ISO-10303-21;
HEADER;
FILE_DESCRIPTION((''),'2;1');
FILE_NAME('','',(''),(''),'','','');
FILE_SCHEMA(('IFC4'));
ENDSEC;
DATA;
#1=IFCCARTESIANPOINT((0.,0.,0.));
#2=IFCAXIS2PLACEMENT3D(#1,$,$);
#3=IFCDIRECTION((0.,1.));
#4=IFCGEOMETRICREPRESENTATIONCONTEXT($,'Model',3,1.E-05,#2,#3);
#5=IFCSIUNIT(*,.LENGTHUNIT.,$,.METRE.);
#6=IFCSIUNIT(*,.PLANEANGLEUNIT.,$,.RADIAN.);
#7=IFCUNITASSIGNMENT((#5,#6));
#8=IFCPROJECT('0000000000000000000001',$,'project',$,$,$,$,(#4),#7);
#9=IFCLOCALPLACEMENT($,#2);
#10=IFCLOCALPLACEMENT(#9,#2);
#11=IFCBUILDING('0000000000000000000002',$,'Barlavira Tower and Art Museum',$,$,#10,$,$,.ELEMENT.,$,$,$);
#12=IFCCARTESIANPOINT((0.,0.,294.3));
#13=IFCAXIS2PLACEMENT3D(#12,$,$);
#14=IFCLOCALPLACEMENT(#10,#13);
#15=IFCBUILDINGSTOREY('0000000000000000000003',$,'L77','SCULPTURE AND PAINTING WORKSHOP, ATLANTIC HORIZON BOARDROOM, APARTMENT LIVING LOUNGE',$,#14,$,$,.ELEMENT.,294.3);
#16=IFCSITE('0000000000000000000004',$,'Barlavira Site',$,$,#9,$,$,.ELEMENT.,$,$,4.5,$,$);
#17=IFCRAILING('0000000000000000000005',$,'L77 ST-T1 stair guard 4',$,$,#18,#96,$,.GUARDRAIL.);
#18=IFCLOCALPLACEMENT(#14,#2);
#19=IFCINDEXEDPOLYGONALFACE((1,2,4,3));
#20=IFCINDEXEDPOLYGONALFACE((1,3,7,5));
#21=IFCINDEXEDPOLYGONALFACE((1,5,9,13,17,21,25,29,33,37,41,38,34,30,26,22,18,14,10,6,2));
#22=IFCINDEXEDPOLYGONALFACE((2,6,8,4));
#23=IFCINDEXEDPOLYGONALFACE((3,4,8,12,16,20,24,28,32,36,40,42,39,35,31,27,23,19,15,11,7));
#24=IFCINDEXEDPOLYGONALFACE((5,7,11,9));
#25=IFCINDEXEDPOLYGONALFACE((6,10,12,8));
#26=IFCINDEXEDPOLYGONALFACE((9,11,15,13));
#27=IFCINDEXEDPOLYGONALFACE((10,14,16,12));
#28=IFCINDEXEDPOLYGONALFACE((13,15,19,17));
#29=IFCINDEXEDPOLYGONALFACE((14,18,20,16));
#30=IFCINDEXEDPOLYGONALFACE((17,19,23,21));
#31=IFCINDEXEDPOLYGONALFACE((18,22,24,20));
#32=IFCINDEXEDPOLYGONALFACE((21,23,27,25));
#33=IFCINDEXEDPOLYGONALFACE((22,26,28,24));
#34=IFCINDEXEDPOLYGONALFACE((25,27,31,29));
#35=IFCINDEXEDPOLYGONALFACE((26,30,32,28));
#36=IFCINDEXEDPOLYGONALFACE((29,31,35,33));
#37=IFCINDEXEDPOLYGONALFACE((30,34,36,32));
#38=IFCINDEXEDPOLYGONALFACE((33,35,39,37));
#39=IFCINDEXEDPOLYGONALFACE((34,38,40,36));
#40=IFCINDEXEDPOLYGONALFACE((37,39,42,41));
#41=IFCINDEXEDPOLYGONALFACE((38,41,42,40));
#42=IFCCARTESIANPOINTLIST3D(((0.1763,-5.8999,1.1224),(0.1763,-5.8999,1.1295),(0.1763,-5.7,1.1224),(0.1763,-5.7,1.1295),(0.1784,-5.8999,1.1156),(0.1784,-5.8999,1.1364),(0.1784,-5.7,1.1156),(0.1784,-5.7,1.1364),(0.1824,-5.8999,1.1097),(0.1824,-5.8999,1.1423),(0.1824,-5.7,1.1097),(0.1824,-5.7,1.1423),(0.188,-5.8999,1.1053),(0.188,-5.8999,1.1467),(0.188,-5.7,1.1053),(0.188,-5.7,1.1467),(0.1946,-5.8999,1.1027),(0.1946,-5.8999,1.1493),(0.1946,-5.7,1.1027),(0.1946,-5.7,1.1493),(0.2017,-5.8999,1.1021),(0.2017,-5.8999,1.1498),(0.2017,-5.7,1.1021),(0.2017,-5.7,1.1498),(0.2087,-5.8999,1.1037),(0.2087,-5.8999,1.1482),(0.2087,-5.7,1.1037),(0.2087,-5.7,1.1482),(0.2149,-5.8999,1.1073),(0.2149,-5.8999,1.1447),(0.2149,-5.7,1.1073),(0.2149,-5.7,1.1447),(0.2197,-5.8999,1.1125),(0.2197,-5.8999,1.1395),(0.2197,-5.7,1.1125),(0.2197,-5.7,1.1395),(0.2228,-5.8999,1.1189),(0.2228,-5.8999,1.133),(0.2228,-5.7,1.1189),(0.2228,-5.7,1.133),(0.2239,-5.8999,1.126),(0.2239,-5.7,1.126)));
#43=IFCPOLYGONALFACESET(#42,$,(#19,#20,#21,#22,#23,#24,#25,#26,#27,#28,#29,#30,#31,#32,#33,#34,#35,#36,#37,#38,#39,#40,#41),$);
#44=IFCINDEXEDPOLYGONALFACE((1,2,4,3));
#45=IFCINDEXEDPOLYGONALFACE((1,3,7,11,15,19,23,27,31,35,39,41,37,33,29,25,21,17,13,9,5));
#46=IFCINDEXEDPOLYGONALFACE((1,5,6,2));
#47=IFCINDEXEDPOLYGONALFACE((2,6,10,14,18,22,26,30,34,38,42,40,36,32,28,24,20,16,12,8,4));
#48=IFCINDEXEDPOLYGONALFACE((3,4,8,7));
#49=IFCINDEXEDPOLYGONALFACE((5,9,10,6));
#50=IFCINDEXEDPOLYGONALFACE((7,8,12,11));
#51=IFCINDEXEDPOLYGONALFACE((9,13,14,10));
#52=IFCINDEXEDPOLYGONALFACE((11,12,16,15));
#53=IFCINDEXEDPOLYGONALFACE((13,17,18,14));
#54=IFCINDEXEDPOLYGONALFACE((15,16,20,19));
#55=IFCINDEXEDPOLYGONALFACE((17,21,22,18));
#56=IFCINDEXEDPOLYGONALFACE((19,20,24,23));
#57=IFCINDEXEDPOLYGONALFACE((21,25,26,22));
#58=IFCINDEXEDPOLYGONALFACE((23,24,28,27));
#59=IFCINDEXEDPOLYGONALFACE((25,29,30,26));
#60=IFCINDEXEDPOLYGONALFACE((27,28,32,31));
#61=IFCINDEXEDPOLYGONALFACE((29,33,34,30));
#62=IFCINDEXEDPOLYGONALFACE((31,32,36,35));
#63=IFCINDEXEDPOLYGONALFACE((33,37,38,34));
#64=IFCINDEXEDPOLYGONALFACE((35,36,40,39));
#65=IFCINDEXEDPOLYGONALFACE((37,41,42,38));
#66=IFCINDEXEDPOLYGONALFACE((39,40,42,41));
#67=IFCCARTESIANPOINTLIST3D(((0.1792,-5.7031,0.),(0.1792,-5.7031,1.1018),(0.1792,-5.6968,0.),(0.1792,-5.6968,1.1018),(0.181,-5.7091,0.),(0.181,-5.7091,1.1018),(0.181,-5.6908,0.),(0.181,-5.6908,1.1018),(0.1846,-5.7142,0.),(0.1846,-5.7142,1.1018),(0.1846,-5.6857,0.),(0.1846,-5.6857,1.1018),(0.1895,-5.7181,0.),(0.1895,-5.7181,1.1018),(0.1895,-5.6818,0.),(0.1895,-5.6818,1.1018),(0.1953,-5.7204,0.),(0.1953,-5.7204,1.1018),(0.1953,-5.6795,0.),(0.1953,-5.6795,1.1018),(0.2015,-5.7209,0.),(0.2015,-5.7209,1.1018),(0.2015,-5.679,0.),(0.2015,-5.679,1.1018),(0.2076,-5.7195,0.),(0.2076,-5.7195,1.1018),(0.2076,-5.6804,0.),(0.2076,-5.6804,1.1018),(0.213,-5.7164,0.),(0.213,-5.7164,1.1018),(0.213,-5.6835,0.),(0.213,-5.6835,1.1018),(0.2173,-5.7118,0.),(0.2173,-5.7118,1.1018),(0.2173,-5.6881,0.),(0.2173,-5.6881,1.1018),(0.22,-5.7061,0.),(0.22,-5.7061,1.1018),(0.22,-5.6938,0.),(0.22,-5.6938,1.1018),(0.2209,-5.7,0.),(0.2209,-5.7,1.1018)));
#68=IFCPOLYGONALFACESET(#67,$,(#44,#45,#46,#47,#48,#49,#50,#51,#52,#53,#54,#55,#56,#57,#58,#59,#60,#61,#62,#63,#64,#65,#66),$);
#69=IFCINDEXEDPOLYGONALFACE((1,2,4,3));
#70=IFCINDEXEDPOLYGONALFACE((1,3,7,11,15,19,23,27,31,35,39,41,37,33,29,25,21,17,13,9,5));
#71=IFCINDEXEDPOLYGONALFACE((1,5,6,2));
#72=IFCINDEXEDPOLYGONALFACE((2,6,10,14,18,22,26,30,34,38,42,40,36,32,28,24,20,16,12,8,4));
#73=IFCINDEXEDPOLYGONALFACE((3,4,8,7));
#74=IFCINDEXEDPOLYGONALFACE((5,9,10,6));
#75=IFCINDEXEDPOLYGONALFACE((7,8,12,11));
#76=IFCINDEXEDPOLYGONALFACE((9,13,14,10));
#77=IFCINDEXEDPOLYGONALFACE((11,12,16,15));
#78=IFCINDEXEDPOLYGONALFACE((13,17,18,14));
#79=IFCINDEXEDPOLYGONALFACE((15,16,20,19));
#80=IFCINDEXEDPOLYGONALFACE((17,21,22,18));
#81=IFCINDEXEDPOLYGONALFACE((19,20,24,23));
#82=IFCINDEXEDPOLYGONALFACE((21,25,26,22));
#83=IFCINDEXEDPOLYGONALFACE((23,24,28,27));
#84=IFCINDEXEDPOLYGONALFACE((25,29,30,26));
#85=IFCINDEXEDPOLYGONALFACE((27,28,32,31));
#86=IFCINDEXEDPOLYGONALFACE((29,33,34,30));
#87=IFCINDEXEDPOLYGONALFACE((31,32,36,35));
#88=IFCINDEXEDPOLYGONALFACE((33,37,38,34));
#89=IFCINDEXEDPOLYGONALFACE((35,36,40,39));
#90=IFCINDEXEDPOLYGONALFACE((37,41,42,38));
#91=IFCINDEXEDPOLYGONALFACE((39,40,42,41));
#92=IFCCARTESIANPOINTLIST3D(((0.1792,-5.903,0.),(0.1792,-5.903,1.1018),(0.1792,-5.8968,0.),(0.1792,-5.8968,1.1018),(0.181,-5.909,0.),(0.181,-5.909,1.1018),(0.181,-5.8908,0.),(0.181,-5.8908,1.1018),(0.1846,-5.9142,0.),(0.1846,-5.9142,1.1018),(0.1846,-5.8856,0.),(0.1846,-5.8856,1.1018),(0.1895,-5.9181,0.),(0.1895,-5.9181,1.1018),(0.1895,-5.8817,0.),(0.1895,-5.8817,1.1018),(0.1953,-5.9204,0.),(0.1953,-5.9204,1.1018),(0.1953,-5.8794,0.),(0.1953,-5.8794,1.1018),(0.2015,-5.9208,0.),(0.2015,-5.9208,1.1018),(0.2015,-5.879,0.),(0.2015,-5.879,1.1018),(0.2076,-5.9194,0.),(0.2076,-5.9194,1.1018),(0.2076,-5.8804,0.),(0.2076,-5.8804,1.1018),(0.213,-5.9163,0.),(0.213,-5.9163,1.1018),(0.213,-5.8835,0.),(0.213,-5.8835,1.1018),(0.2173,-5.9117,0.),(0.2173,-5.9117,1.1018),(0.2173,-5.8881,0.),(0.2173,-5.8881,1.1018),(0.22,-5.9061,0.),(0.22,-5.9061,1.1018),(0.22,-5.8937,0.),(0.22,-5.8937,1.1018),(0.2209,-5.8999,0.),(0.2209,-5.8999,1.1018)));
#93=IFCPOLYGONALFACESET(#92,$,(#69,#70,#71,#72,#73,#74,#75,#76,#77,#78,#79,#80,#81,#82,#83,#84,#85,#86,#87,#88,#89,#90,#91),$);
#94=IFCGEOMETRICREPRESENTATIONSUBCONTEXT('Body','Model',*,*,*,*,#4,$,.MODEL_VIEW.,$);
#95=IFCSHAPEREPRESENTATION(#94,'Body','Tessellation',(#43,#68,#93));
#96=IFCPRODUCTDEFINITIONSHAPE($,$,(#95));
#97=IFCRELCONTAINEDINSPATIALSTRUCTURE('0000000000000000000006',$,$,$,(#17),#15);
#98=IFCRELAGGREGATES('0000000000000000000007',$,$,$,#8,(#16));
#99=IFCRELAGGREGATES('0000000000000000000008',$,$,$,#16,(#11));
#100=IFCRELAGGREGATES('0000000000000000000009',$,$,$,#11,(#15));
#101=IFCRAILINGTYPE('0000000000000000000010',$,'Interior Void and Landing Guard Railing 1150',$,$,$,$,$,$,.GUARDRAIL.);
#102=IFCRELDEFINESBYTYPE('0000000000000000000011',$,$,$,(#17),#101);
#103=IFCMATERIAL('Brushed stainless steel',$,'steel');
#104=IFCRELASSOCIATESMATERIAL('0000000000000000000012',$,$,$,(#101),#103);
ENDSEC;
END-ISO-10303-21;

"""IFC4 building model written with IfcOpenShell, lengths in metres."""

from ifc_helpers import new_model, si_unit, direction, frame, origin, origin_2d, place, context, subcontext, project, spatial, circle, extrude, material, type_object, element, save


model = new_model("IFC4")

# Units and contexts
model_context = context("Model", 3, precision=1e-05, world=origin(), true_north=direction((0.0, 1.0)))
body_context = subcontext(model_context, "Body", "Model", "MODEL_VIEW")
ifc_project = project(units=[si_unit("LENGTHUNIT", "METRE"), si_unit("PLANEANGLEUNIT", "RADIAN")], contexts=[model_context])

# Site, building, storey
site_placement = place(None, origin())
site = spatial("IfcSite", under=ifc_project, at=site_placement, Name="Barlavira Site", CompositionType="ELEMENT", RefElevation=4.5)
building_placement = place(site_placement, origin())
building = spatial("IfcBuilding", under=site, at=building_placement, Name="Barlavira Tower and Art Museum", CompositionType="ELEMENT")
storey_placement = place(building_placement, frame((0.0, 0.0, 294.3)))
storey = spatial("IfcBuildingStorey", under=building, at=storey_placement, Name="L77", Description="SCULPTURE AND PAINTING WORKSHOP, ATLANTIC HORIZON BOARDROOM, APARTMENT LIVING LOUNGE", CompositionType="ELEMENT", Elevation=294.3)

# Shared definitions
ifc_material_1 = material(Name="Brushed stainless steel", Category="steel")

# Railing
railing_type_1 = type_object("IfcRailingType", Name="Interior Void and Landing Guard Railing 1150", PredefinedType="GUARDRAIL", material=ifc_material_1)
railing_1_placement = place(storey_placement, frame((0.2, -5.7, 0.0)))
element("IfcRailing", 1, at=railing_1_placement, inside=storey, type_object=railing_type_1, Name="L77 ST-T1 stair guard 4", PredefinedType="GUARDRAIL", context=body_context, shape_type="SweptSolid", body=[
    extrude(circle(Radius=0.0239, at=origin_2d()), frame((0.0, 0.0, 1.126), z_axis=(0.0, -1.0, 0.0), x_axis=(1.0, 0.0, 0.0)), (0.0, 0.0, 1.0), 0.2),
    extrude(circle(Radius=0.021, at=origin_2d()), origin(), (0.0, 0.0, 1.0), 1.1018),
    extrude(circle(Radius=0.021, at=origin_2d()), frame((0.0, -0.2, 0.0)), (0.0, 0.0, 1.0), 1.1018),
])

save(model, "model.ifc")
